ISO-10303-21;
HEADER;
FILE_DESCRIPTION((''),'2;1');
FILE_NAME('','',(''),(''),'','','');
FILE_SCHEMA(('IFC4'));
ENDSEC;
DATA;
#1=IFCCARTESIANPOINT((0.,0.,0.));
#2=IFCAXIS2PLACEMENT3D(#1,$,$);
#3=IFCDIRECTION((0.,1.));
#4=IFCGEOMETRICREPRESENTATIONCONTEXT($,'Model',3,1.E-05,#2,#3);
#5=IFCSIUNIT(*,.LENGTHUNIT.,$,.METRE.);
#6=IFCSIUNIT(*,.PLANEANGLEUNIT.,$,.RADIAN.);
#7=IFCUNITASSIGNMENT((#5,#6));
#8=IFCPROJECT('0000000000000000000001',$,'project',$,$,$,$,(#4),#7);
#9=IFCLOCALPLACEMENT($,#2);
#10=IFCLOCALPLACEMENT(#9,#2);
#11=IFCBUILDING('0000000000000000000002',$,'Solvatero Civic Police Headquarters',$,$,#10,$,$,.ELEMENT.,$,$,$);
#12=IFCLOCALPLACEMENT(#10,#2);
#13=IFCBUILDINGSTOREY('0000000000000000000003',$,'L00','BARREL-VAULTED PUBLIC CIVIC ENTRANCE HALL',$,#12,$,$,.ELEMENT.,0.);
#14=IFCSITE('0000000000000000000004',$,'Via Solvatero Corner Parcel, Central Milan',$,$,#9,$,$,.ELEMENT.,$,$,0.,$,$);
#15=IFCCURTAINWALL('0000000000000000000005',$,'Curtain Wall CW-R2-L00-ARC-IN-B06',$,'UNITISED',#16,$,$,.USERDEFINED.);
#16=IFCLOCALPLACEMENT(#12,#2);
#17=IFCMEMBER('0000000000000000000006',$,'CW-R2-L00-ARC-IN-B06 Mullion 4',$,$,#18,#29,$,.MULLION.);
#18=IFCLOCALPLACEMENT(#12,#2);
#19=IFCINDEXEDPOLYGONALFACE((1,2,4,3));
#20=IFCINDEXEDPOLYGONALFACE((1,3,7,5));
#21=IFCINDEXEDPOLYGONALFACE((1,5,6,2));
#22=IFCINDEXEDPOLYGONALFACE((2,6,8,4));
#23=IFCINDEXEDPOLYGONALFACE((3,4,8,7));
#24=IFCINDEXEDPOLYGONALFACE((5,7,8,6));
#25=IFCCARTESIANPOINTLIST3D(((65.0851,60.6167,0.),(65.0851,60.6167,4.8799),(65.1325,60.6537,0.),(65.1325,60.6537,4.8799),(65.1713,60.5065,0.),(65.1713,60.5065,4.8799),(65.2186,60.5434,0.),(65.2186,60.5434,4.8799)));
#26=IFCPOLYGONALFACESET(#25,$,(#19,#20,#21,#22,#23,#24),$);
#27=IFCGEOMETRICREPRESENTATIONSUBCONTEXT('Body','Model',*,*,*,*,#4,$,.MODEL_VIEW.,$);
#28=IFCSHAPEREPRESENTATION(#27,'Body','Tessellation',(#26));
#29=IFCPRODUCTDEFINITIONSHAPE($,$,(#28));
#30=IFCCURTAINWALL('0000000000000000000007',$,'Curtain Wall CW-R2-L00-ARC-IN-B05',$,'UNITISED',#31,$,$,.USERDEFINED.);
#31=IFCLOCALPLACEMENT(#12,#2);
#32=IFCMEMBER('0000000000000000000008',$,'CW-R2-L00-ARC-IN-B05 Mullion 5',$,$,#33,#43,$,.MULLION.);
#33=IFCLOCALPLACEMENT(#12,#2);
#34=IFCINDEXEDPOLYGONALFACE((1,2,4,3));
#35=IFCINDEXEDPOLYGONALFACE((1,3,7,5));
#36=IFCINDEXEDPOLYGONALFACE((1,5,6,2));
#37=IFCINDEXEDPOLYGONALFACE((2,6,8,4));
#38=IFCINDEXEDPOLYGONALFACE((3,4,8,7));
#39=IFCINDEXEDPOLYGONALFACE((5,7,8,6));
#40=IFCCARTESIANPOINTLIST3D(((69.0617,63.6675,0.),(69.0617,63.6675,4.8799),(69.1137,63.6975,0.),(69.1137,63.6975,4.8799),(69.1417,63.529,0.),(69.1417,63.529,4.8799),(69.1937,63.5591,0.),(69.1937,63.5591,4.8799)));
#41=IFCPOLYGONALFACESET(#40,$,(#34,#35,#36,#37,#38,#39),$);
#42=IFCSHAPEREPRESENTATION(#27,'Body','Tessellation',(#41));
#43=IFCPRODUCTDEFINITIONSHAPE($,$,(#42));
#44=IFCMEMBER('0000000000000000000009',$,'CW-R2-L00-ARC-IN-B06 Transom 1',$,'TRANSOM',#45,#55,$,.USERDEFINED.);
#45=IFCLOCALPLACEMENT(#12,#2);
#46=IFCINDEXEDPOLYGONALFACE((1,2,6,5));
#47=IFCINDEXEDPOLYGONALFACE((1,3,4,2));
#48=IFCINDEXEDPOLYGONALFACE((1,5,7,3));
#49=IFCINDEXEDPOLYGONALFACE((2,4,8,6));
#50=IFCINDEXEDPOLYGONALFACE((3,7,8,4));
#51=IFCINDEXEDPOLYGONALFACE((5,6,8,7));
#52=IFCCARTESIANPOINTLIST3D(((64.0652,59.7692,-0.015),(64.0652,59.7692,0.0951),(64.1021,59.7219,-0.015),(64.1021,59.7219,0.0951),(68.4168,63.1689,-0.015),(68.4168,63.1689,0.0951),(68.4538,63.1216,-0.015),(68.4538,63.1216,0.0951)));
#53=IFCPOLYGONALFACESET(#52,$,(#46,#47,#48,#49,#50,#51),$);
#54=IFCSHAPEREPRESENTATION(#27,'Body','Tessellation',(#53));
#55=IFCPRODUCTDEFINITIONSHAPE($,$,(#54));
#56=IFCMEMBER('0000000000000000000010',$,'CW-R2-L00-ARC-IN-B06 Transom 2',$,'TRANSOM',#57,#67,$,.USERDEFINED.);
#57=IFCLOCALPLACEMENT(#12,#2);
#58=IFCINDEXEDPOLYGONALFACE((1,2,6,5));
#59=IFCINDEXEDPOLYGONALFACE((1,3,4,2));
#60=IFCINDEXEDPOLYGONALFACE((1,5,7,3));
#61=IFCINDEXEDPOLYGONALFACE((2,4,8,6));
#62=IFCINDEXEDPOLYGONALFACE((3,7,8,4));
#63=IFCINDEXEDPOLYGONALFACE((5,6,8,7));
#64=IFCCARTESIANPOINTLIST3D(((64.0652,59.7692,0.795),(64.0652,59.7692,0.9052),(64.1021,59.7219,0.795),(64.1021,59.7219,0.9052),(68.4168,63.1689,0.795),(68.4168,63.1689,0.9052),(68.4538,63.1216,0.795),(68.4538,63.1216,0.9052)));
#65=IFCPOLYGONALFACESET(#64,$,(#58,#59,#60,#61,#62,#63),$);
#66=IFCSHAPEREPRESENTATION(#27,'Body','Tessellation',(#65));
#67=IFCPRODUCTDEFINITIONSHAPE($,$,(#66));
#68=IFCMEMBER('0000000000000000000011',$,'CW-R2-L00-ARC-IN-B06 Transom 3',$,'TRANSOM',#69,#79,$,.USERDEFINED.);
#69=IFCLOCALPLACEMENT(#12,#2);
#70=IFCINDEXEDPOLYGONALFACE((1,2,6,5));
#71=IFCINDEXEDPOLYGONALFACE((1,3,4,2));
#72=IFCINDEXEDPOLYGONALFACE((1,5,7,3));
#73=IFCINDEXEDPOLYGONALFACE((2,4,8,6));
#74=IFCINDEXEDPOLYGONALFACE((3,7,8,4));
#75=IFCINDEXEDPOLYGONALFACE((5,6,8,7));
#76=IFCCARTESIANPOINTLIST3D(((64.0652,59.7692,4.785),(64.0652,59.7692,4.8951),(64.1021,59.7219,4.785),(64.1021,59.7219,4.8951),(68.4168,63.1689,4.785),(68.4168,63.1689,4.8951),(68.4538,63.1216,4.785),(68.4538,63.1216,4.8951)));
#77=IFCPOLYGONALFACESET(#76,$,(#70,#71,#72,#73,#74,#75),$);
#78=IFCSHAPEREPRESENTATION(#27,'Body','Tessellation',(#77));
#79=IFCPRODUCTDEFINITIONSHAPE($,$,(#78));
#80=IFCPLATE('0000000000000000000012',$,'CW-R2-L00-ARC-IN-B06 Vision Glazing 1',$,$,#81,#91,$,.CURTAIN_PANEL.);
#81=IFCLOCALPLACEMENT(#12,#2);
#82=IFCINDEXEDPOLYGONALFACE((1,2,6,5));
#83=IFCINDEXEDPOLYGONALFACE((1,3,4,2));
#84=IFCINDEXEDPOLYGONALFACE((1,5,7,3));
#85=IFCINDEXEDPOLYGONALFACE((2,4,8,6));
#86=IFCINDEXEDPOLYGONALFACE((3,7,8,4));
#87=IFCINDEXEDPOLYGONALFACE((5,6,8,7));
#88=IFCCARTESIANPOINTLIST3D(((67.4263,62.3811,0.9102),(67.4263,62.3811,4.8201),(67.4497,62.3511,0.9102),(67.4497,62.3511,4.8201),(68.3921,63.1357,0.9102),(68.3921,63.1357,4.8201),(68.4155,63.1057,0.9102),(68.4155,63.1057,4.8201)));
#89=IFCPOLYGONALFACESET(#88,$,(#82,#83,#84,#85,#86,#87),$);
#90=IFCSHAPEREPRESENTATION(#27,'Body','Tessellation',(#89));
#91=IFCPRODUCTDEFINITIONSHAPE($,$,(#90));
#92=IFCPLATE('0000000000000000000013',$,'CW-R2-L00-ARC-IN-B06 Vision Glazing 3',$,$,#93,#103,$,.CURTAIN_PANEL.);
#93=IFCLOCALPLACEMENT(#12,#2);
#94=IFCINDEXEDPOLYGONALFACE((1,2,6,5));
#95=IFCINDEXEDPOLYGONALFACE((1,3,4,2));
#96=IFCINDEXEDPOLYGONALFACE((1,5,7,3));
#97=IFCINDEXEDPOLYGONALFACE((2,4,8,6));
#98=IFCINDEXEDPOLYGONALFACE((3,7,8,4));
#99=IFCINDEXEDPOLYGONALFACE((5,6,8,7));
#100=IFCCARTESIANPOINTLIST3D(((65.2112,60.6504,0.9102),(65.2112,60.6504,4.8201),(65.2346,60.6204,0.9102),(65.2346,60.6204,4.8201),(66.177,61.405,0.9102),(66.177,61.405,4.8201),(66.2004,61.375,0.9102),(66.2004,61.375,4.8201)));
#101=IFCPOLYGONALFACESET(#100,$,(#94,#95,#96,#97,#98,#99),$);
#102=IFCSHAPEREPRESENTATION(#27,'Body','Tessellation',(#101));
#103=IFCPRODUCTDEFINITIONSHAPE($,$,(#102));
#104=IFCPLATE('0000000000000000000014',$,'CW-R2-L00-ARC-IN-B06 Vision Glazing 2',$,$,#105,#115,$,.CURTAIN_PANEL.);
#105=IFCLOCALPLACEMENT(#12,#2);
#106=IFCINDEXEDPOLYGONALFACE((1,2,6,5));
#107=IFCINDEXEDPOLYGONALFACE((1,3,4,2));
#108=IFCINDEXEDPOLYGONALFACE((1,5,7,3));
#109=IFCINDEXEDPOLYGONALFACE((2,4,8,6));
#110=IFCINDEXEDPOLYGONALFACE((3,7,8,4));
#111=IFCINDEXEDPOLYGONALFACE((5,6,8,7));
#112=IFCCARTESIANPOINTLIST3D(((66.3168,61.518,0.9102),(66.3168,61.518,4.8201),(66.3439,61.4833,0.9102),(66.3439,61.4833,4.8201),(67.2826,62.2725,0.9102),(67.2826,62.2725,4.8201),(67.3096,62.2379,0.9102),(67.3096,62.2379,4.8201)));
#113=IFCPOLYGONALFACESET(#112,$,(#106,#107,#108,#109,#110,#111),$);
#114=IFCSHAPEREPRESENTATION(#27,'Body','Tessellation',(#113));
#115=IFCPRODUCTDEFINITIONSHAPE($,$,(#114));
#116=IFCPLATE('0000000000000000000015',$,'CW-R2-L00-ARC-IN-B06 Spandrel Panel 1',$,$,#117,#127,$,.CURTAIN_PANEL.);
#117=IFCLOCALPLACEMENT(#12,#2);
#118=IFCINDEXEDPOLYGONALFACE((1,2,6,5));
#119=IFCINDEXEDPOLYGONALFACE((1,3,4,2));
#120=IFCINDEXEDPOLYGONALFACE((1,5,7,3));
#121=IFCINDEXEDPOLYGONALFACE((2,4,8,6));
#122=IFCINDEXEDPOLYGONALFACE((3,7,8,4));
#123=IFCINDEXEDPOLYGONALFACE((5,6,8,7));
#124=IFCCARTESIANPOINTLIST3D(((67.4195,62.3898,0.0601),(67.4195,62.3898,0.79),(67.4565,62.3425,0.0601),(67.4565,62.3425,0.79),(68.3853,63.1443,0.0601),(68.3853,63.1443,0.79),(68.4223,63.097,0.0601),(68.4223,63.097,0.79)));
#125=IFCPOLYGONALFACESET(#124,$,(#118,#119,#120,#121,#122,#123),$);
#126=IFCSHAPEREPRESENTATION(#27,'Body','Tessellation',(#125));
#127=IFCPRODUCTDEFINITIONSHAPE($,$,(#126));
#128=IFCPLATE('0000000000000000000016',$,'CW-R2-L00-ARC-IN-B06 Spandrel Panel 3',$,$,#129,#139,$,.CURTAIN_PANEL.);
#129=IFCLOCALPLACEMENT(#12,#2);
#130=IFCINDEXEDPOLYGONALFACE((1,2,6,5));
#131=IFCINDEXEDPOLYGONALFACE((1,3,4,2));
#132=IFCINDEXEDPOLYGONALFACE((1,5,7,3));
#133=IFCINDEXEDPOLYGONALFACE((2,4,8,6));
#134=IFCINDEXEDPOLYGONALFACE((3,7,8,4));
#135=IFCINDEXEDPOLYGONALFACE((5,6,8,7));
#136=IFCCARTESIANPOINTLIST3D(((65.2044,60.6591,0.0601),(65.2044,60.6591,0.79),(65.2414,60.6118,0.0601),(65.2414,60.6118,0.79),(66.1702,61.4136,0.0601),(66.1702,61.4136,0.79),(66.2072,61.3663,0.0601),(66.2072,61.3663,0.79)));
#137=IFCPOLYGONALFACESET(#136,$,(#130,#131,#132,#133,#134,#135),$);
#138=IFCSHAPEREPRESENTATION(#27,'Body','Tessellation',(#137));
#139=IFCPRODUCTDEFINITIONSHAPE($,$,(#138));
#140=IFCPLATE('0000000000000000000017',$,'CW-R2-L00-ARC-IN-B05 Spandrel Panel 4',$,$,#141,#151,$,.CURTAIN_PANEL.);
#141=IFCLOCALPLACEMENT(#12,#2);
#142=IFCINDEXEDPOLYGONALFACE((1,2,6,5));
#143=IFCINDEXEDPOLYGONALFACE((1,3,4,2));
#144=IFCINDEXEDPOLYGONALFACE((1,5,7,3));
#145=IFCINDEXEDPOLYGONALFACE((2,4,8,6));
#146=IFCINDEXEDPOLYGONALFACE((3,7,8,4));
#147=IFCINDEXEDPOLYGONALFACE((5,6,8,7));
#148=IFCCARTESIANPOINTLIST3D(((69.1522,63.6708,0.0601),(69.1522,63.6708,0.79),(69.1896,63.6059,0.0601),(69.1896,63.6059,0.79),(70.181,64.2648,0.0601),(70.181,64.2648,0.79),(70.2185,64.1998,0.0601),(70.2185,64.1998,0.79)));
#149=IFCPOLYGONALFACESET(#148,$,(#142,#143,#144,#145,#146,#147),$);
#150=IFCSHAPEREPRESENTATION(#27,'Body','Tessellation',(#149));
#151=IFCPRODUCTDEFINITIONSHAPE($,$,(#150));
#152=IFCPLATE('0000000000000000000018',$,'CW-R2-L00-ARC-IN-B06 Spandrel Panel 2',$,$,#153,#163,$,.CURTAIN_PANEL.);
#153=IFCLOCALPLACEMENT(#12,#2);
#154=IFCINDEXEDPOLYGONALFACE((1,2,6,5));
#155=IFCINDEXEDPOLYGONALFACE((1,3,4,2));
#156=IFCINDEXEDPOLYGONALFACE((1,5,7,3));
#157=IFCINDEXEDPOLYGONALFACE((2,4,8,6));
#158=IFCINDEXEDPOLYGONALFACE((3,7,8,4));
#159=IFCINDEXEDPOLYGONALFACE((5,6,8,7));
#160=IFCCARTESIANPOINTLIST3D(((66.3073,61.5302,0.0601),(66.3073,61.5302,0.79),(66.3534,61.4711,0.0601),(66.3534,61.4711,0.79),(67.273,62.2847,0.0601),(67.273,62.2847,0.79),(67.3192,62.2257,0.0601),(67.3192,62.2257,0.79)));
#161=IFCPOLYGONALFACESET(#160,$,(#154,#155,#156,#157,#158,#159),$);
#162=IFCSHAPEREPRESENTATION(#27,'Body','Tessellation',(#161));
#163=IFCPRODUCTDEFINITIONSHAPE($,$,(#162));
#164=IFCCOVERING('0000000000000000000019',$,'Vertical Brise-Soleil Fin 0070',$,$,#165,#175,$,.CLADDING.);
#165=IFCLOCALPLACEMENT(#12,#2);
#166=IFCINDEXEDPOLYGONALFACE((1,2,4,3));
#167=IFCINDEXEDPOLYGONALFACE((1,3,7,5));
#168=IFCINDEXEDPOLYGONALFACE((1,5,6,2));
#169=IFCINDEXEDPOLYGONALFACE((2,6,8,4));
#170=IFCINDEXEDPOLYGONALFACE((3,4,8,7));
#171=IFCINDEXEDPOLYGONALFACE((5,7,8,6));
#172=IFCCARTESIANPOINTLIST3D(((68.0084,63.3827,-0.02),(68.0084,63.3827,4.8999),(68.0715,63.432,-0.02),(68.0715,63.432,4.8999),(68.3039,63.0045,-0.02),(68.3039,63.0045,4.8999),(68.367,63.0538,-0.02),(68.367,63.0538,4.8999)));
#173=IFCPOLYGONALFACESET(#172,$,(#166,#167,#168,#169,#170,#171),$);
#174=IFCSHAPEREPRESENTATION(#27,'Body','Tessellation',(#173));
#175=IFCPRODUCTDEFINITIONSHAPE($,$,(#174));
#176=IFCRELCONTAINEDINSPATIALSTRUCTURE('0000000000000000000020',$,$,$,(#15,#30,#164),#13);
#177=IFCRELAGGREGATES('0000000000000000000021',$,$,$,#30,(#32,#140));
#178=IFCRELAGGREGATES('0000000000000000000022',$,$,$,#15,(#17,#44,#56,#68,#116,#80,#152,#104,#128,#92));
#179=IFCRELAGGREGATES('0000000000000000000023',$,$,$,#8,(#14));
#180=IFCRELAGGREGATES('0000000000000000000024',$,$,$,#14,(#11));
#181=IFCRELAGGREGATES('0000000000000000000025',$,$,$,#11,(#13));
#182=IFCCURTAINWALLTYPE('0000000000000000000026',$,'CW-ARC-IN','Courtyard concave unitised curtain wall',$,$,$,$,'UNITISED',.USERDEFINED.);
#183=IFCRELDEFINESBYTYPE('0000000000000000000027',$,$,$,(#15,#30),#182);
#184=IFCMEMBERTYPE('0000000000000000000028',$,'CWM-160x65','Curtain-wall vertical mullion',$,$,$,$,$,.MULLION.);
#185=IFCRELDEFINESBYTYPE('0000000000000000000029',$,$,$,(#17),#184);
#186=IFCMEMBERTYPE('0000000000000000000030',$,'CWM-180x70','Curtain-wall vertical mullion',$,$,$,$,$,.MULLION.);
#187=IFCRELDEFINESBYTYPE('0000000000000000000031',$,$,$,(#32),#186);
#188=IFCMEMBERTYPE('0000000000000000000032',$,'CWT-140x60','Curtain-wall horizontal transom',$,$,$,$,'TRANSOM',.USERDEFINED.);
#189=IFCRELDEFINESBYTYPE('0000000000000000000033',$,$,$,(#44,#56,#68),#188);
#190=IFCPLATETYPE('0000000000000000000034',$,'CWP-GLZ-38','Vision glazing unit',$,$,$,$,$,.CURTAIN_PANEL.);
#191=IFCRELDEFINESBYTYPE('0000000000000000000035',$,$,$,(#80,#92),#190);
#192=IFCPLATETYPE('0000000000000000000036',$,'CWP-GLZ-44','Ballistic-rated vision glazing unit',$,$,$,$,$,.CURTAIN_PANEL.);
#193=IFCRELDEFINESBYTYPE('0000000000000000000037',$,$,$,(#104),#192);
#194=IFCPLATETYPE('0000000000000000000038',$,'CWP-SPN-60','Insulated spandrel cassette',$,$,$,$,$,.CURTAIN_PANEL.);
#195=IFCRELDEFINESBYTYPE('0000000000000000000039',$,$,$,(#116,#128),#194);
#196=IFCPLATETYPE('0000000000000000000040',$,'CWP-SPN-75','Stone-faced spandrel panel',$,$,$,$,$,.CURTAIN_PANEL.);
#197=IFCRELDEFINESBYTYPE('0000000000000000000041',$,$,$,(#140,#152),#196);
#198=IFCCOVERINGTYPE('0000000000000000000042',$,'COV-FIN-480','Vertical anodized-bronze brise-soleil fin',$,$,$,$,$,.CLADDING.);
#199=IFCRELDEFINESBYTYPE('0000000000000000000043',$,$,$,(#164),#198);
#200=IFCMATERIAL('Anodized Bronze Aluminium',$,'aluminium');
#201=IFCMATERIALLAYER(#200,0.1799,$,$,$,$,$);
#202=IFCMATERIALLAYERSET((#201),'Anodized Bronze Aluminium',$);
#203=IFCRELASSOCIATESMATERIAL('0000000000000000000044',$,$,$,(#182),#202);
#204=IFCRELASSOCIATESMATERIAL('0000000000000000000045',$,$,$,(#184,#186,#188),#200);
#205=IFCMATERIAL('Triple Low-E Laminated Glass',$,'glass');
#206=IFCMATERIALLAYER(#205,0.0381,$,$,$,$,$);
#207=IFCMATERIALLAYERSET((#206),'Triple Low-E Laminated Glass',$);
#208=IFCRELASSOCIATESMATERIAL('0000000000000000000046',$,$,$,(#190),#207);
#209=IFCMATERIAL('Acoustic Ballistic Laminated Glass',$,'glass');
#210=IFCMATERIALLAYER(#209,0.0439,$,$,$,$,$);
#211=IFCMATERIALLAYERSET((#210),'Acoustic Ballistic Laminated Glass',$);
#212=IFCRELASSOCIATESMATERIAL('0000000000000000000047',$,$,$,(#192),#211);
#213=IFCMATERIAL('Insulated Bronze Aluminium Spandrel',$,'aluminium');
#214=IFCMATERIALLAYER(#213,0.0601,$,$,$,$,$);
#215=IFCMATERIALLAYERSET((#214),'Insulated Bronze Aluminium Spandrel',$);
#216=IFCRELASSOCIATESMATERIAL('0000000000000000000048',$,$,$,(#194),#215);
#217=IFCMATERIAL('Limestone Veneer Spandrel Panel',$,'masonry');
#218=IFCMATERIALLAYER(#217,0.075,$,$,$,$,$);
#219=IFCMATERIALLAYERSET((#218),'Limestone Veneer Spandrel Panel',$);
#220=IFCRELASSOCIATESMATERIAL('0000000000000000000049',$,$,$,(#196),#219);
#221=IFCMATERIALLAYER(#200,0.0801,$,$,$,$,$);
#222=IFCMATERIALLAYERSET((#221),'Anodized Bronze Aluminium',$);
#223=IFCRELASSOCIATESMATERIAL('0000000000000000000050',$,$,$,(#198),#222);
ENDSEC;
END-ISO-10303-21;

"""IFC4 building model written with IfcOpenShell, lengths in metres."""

from ifc_helpers import new_model, si_unit, direction, frame, origin, origin_2d, place, context, subcontext, project, spatial, rectangle, extrude, material, layer, layer_set, material_profile, profile_set, type_object, element, aggregate, save


model = new_model("IFC4")

# Units and contexts
model_context = context("Model", 3, precision=1e-05, world=origin(), true_north=direction((0.0, 1.0)))
body_context = subcontext(model_context, "Body", "Model", "MODEL_VIEW")
ifc_project = project(units=[si_unit("LENGTHUNIT", "METRE"), si_unit("PLANEANGLEUNIT", "RADIAN")], contexts=[model_context])

# Site, building, storey
site_placement = place(None, origin())
site = spatial("IfcSite", under=ifc_project, at=site_placement, Name="Via Solvatero Corner Parcel, Central Milan", CompositionType="ELEMENT", RefElevation=0.0)
building_placement = place(site_placement, origin())
building = spatial("IfcBuilding", under=site, at=building_placement, Name="Solvatero Civic Police Headquarters", CompositionType="ELEMENT")
storey_placement = place(building_placement, origin())
storey = spatial("IfcBuildingStorey", under=building, at=storey_placement, Name="L00", Description="BARREL-VAULTED PUBLIC CIVIC ENTRANCE HALL", CompositionType="ELEMENT", Elevation=0.0)

# Curtain wall, member
ifc_material_1 = material(Name="Anodized Bronze Aluminium", Category="aluminium")
ifc_layer_1 = layer(ifc_material_1, 0.1799)
ifc_layer_set_1 = layer_set([ifc_layer_1], Name="Anodized Bronze Aluminium")
curtain_wall_type = type_object("IfcCurtainWallType", Name="CW-ARC-IN", Description="Courtyard concave unitised curtain wall", ElementType="UNITISED", PredefinedType="USERDEFINED", material=ifc_layer_set_1)
curtain_wall_1_placement = place(storey_placement, origin())
curtain_wall_1 = element("IfcCurtainWall", 1, at=curtain_wall_1_placement, inside=storey, type_object=curtain_wall_type, Name="Curtain Wall CW-R2-L00-ARC-IN-B06", ObjectType="UNITISED", PredefinedType="USERDEFINED")
ifc_material_profile_1 = material_profile(ifc_material_1, rectangle(XDim=0.0601, YDim=0.1399, at=origin_2d()), Name="ALU MULLION 60x140")
ifc_profile_set_1 = profile_set([ifc_material_profile_1], Name="Anodized Bronze Aluminium")
member_type_1 = type_object("IfcMemberType", Name="CWM-160x65", Description="Curtain-wall vertical mullion", PredefinedType="MULLION", material=ifc_profile_set_1)
member_1_placement = place(storey_placement, frame((65.1519, 60.5801, 0.0), z_axis=(0.0, 0.0, 1.0), x_axis=(-0.788011, -0.615661, 0.0)))
member_1 = element("IfcMember", 2, at=member_1_placement, type_object=member_type_1, Name="CW-R2-L00-ARC-IN-B06 Mullion 4", PredefinedType="MULLION", context=body_context, shape_type="SweptSolid", body=[
    extrude(rectangle(XDim=0.0601, YDim=0.1399, at=origin_2d()), origin(), (0.0, 0.0, 1.0), 4.8799),
])

# Curtain wall, member
curtain_wall_2_placement = place(storey_placement, origin())
curtain_wall_2 = element("IfcCurtainWall", 3, at=curtain_wall_2_placement, inside=storey, type_object=curtain_wall_type, Name="Curtain Wall CW-R2-L00-ARC-IN-B05", ObjectType="UNITISED", PredefinedType="USERDEFINED")
ifc_material_profile_2 = material_profile(ifc_material_1, rectangle(XDim=0.0601, YDim=0.1599, at=origin_2d()), Name="ALU MULLION 60x160")
ifc_profile_set_2 = profile_set([ifc_material_profile_2], Name="Anodized Bronze Aluminium")
member_type_2 = type_object("IfcMemberType", Name="CWM-180x70", Description="Curtain-wall vertical mullion", PredefinedType="MULLION", material=ifc_profile_set_2)
member_2_placement = place(storey_placement, frame((69.1277, 63.6133, 0.0), z_axis=(0.0, 0.0, 1.0), x_axis=(-0.866025, -0.5, 0.0)))
member_2 = element("IfcMember", 4, at=member_2_placement, type_object=member_type_2, Name="CW-R2-L00-ARC-IN-B05 Mullion 5", PredefinedType="MULLION", context=body_context, shape_type="SweptSolid", body=[
    extrude(rectangle(XDim=0.0601, YDim=0.1599, at=origin_2d()), origin(), (0.0, 0.0, 1.0), 4.8799),
])

# Members
ifc_material_profile_3 = material_profile(ifc_material_1, rectangle(XDim=0.0601, YDim=0.1101, at=origin_2d()), Name="ALU TRANSOM 60x110")
ifc_profile_set_3 = profile_set([ifc_material_profile_3], Name="Anodized Bronze Aluminium")
member_type_3 = type_object("IfcMemberType", Name="CWT-140x60", Description="Curtain-wall horizontal transom", ElementType="TRANSOM", PredefinedType="USERDEFINED", material=ifc_profile_set_3)
member_3_placement = place(storey_placement, frame((68.4353, 63.1453, 0.04), z_axis=(-0.788024, -0.615644, 0.0), x_axis=(0.615644, -0.788024, 0.0)))
member_3 = element("IfcMember", 5, at=member_3_placement, type_object=member_type_3, Name="CW-R2-L00-ARC-IN-B06 Transom 1", ObjectType="TRANSOM", PredefinedType="USERDEFINED", context=body_context, shape_type="SweptSolid", body=[
    extrude(rectangle(XDim=0.0601, YDim=0.1101, at=origin_2d()), origin(), (0.0, 0.0, 1.0), 5.5222),
])
member_4_placement = place(storey_placement, frame((68.4353, 63.1453, 0.8501), z_axis=(-0.788024, -0.615644, 0.0), x_axis=(0.615644, -0.788024, 0.0)))
member_4 = element("IfcMember", 6, at=member_4_placement, type_object=member_type_3, Name="CW-R2-L00-ARC-IN-B06 Transom 2", ObjectType="TRANSOM", PredefinedType="USERDEFINED", context=body_context, shape_type="SweptSolid", body=[
    extrude(rectangle(XDim=0.0601, YDim=0.1101, at=origin_2d()), origin(), (0.0, 0.0, 1.0), 5.5222),
])
member_5_placement = place(storey_placement, frame((68.4353, 63.1453, 4.8401), z_axis=(-0.788024, -0.615644, 0.0), x_axis=(0.615644, -0.788024, 0.0)))
member_5 = element("IfcMember", 7, at=member_5_placement, type_object=member_type_3, Name="CW-R2-L00-ARC-IN-B06 Transom 3", ObjectType="TRANSOM", PredefinedType="USERDEFINED", context=body_context, shape_type="SweptSolid", body=[
    extrude(rectangle(XDim=0.0601, YDim=0.1101, at=origin_2d()), origin(), (0.0, 0.0, 1.0), 5.5222),
])

# Plates
ifc_material_2 = material(Name="Triple Low-E Laminated Glass", Category="glass")
ifc_layer_2 = layer(ifc_material_2, 0.0381)
ifc_layer_set_2 = layer_set([ifc_layer_2], Name="Triple Low-E Laminated Glass")
plate_type_1 = type_object("IfcPlateType", Name="CWP-GLZ-38", Description="Vision glazing unit", PredefinedType="CURTAIN_PANEL", material=ifc_layer_set_2)
plate_1_placement = place(storey_placement, frame((67.9209, 62.7434, 0.9102), z_axis=(0.0, 0.0, 1.0), x_axis=(-0.788011, -0.615661, 0.0)))
plate_1 = element("IfcPlate", 8, at=plate_1_placement, type_object=plate_type_1, Name="CW-R2-L00-ARC-IN-B06 Vision Glazing 1", PredefinedType="CURTAIN_PANEL", context=body_context, shape_type="SweptSolid", body=[
    extrude(rectangle(XDim=1.2256, YDim=0.0381, at=origin_2d()), origin(), (0.0, 0.0, 1.0), 3.9099),
])
plate_2_placement = place(storey_placement, frame((65.7058, 61.0127, 0.9102), z_axis=(0.0, 0.0, 1.0), x_axis=(-0.788011, -0.615661, 0.0)))
plate_2 = element("IfcPlate", 9, at=plate_2_placement, type_object=plate_type_1, Name="CW-R2-L00-ARC-IN-B06 Vision Glazing 3", PredefinedType="CURTAIN_PANEL", context=body_context, shape_type="SweptSolid", body=[
    extrude(rectangle(XDim=1.2256, YDim=0.0381, at=origin_2d()), origin(), (0.0, 0.0, 1.0), 3.9099),
])
ifc_material_3 = material(Name="Acoustic Ballistic Laminated Glass", Category="glass")
ifc_layer_3 = layer(ifc_material_3, 0.0439)
ifc_layer_set_3 = layer_set([ifc_layer_3], Name="Acoustic Ballistic Laminated Glass")
plate_type_2 = type_object("IfcPlateType", Name="CWP-GLZ-44", Description="Ballistic-rated vision glazing unit", PredefinedType="CURTAIN_PANEL", material=ifc_layer_set_3)
plate_3_placement = place(storey_placement, frame((66.8132, 61.8779, 0.9102), z_axis=(0.0, 0.0, 1.0), x_axis=(-0.788011, -0.615661, 0.0)))
plate_3 = element("IfcPlate", 10, at=plate_3_placement, type_object=plate_type_2, Name="CW-R2-L00-ARC-IN-B06 Vision Glazing 2", PredefinedType="CURTAIN_PANEL", context=body_context, shape_type="SweptSolid", body=[
    extrude(rectangle(XDim=1.2256, YDim=0.0439, at=origin_2d()), origin(), (0.0, 0.0, 1.0), 3.9099),
])
ifc_material_4 = material(Name="Insulated Bronze Aluminium Spandrel", Category="aluminium")
ifc_layer_4 = layer(ifc_material_4, 0.0601)
ifc_layer_set_4 = layer_set([ifc_layer_4], Name="Insulated Bronze Aluminium Spandrel")
plate_type_3 = type_object("IfcPlateType", Name="CWP-SPN-60", Description="Insulated spandrel cassette", PredefinedType="CURTAIN_PANEL", material=ifc_layer_set_4)
plate_4_placement = place(storey_placement, frame((67.9209, 62.7434, 0.0601), z_axis=(0.0, 0.0, 1.0), x_axis=(-0.788011, -0.615661, 0.0)))
plate_4 = element("IfcPlate", 11, at=plate_4_placement, type_object=plate_type_3, Name="CW-R2-L00-ARC-IN-B06 Spandrel Panel 1", PredefinedType="CURTAIN_PANEL", context=body_context, shape_type="SweptSolid", body=[
    extrude(rectangle(XDim=1.2256, YDim=0.0601, at=origin_2d()), origin(), (0.0, 0.0, 1.0), 0.73),
])
plate_5_placement = place(storey_placement, frame((65.7058, 61.0127, 0.0601), z_axis=(0.0, 0.0, 1.0), x_axis=(-0.788011, -0.615661, 0.0)))
plate_5 = element("IfcPlate", 12, at=plate_5_placement, type_object=plate_type_3, Name="CW-R2-L00-ARC-IN-B06 Spandrel Panel 3", PredefinedType="CURTAIN_PANEL", context=body_context, shape_type="SweptSolid", body=[
    extrude(rectangle(XDim=1.2256, YDim=0.0601, at=origin_2d()), origin(), (0.0, 0.0, 1.0), 0.73),
])
ifc_material_5 = material(Name="Limestone Veneer Spandrel Panel", Category="masonry")
ifc_layer_5 = layer(ifc_material_5, 0.075)
ifc_layer_set_5 = layer_set([ifc_layer_5], Name="Limestone Veneer Spandrel Panel")
plate_type_4 = type_object("IfcPlateType", Name="CWP-SPN-75", Description="Stone-faced spandrel panel", PredefinedType="CURTAIN_PANEL", material=ifc_layer_set_5)
plate_6_placement = place(storey_placement, frame((69.6853, 63.9353, 0.0601), z_axis=(0.0, 0.0, 1.0), x_axis=(-0.866025, -0.5, 0.0)))
plate_6 = element("IfcPlate", 13, at=plate_6_placement, type_object=plate_type_4, Name="CW-R2-L00-ARC-IN-B05 Spandrel Panel 4", PredefinedType="CURTAIN_PANEL", context=body_context, shape_type="SweptSolid", body=[
    extrude(rectangle(XDim=1.188, YDim=0.075, at=origin_2d()), origin(), (0.0, 0.0, 1.0), 0.73),
])
aggregate(curtain_wall_2, [member_2, plate_6])
plate_7_placement = place(storey_placement, frame((66.8132, 61.8779, 0.0601), z_axis=(0.0, 0.0, 1.0), x_axis=(-0.788011, -0.615661, 0.0)))
plate_7 = element("IfcPlate", 14, at=plate_7_placement, type_object=plate_type_4, Name="CW-R2-L00-ARC-IN-B06 Spandrel Panel 2", PredefinedType="CURTAIN_PANEL", context=body_context, shape_type="SweptSolid", body=[
    extrude(rectangle(XDim=1.2256, YDim=0.075, at=origin_2d()), origin(), (0.0, 0.0, 1.0), 0.73),
])
aggregate(curtain_wall_1, [member_1, member_3, member_4, member_5, plate_4, plate_1, plate_7, plate_3, plate_5, plate_2])

# Covering
ifc_layer_6 = layer(ifc_material_1, 0.0801)
ifc_layer_set_6 = layer_set([ifc_layer_6], Name="Anodized Bronze Aluminium")
covering_type = type_object("IfcCoveringType", Name="COV-FIN-480", Description="Vertical anodized-bronze brise-soleil fin", PredefinedType="CLADDING", material=ifc_layer_set_6)
for number, where, z_axis, x_axis, name in (
    (15, (68.1877, 63.2183, -0.02), (0.0, 0.0, 1.0), (-0.788011, -0.615661, 0.0), "Vertical Brise-Soleil Fin 0070"),
):
    element("IfcCovering", number, at=place(storey_placement, frame(where, z_axis=z_axis, x_axis=x_axis)), inside=storey, type_object=covering_type, Name=name, PredefinedType="CLADDING", context=body_context, shape_type="SweptSolid", body=[
        extrude(rectangle(XDim=0.0801, YDim=0.48, at=origin_2d()), origin(), (0.0, 0.0, 1.0), 4.9199),
    ])

save(model, "model.ifc")
